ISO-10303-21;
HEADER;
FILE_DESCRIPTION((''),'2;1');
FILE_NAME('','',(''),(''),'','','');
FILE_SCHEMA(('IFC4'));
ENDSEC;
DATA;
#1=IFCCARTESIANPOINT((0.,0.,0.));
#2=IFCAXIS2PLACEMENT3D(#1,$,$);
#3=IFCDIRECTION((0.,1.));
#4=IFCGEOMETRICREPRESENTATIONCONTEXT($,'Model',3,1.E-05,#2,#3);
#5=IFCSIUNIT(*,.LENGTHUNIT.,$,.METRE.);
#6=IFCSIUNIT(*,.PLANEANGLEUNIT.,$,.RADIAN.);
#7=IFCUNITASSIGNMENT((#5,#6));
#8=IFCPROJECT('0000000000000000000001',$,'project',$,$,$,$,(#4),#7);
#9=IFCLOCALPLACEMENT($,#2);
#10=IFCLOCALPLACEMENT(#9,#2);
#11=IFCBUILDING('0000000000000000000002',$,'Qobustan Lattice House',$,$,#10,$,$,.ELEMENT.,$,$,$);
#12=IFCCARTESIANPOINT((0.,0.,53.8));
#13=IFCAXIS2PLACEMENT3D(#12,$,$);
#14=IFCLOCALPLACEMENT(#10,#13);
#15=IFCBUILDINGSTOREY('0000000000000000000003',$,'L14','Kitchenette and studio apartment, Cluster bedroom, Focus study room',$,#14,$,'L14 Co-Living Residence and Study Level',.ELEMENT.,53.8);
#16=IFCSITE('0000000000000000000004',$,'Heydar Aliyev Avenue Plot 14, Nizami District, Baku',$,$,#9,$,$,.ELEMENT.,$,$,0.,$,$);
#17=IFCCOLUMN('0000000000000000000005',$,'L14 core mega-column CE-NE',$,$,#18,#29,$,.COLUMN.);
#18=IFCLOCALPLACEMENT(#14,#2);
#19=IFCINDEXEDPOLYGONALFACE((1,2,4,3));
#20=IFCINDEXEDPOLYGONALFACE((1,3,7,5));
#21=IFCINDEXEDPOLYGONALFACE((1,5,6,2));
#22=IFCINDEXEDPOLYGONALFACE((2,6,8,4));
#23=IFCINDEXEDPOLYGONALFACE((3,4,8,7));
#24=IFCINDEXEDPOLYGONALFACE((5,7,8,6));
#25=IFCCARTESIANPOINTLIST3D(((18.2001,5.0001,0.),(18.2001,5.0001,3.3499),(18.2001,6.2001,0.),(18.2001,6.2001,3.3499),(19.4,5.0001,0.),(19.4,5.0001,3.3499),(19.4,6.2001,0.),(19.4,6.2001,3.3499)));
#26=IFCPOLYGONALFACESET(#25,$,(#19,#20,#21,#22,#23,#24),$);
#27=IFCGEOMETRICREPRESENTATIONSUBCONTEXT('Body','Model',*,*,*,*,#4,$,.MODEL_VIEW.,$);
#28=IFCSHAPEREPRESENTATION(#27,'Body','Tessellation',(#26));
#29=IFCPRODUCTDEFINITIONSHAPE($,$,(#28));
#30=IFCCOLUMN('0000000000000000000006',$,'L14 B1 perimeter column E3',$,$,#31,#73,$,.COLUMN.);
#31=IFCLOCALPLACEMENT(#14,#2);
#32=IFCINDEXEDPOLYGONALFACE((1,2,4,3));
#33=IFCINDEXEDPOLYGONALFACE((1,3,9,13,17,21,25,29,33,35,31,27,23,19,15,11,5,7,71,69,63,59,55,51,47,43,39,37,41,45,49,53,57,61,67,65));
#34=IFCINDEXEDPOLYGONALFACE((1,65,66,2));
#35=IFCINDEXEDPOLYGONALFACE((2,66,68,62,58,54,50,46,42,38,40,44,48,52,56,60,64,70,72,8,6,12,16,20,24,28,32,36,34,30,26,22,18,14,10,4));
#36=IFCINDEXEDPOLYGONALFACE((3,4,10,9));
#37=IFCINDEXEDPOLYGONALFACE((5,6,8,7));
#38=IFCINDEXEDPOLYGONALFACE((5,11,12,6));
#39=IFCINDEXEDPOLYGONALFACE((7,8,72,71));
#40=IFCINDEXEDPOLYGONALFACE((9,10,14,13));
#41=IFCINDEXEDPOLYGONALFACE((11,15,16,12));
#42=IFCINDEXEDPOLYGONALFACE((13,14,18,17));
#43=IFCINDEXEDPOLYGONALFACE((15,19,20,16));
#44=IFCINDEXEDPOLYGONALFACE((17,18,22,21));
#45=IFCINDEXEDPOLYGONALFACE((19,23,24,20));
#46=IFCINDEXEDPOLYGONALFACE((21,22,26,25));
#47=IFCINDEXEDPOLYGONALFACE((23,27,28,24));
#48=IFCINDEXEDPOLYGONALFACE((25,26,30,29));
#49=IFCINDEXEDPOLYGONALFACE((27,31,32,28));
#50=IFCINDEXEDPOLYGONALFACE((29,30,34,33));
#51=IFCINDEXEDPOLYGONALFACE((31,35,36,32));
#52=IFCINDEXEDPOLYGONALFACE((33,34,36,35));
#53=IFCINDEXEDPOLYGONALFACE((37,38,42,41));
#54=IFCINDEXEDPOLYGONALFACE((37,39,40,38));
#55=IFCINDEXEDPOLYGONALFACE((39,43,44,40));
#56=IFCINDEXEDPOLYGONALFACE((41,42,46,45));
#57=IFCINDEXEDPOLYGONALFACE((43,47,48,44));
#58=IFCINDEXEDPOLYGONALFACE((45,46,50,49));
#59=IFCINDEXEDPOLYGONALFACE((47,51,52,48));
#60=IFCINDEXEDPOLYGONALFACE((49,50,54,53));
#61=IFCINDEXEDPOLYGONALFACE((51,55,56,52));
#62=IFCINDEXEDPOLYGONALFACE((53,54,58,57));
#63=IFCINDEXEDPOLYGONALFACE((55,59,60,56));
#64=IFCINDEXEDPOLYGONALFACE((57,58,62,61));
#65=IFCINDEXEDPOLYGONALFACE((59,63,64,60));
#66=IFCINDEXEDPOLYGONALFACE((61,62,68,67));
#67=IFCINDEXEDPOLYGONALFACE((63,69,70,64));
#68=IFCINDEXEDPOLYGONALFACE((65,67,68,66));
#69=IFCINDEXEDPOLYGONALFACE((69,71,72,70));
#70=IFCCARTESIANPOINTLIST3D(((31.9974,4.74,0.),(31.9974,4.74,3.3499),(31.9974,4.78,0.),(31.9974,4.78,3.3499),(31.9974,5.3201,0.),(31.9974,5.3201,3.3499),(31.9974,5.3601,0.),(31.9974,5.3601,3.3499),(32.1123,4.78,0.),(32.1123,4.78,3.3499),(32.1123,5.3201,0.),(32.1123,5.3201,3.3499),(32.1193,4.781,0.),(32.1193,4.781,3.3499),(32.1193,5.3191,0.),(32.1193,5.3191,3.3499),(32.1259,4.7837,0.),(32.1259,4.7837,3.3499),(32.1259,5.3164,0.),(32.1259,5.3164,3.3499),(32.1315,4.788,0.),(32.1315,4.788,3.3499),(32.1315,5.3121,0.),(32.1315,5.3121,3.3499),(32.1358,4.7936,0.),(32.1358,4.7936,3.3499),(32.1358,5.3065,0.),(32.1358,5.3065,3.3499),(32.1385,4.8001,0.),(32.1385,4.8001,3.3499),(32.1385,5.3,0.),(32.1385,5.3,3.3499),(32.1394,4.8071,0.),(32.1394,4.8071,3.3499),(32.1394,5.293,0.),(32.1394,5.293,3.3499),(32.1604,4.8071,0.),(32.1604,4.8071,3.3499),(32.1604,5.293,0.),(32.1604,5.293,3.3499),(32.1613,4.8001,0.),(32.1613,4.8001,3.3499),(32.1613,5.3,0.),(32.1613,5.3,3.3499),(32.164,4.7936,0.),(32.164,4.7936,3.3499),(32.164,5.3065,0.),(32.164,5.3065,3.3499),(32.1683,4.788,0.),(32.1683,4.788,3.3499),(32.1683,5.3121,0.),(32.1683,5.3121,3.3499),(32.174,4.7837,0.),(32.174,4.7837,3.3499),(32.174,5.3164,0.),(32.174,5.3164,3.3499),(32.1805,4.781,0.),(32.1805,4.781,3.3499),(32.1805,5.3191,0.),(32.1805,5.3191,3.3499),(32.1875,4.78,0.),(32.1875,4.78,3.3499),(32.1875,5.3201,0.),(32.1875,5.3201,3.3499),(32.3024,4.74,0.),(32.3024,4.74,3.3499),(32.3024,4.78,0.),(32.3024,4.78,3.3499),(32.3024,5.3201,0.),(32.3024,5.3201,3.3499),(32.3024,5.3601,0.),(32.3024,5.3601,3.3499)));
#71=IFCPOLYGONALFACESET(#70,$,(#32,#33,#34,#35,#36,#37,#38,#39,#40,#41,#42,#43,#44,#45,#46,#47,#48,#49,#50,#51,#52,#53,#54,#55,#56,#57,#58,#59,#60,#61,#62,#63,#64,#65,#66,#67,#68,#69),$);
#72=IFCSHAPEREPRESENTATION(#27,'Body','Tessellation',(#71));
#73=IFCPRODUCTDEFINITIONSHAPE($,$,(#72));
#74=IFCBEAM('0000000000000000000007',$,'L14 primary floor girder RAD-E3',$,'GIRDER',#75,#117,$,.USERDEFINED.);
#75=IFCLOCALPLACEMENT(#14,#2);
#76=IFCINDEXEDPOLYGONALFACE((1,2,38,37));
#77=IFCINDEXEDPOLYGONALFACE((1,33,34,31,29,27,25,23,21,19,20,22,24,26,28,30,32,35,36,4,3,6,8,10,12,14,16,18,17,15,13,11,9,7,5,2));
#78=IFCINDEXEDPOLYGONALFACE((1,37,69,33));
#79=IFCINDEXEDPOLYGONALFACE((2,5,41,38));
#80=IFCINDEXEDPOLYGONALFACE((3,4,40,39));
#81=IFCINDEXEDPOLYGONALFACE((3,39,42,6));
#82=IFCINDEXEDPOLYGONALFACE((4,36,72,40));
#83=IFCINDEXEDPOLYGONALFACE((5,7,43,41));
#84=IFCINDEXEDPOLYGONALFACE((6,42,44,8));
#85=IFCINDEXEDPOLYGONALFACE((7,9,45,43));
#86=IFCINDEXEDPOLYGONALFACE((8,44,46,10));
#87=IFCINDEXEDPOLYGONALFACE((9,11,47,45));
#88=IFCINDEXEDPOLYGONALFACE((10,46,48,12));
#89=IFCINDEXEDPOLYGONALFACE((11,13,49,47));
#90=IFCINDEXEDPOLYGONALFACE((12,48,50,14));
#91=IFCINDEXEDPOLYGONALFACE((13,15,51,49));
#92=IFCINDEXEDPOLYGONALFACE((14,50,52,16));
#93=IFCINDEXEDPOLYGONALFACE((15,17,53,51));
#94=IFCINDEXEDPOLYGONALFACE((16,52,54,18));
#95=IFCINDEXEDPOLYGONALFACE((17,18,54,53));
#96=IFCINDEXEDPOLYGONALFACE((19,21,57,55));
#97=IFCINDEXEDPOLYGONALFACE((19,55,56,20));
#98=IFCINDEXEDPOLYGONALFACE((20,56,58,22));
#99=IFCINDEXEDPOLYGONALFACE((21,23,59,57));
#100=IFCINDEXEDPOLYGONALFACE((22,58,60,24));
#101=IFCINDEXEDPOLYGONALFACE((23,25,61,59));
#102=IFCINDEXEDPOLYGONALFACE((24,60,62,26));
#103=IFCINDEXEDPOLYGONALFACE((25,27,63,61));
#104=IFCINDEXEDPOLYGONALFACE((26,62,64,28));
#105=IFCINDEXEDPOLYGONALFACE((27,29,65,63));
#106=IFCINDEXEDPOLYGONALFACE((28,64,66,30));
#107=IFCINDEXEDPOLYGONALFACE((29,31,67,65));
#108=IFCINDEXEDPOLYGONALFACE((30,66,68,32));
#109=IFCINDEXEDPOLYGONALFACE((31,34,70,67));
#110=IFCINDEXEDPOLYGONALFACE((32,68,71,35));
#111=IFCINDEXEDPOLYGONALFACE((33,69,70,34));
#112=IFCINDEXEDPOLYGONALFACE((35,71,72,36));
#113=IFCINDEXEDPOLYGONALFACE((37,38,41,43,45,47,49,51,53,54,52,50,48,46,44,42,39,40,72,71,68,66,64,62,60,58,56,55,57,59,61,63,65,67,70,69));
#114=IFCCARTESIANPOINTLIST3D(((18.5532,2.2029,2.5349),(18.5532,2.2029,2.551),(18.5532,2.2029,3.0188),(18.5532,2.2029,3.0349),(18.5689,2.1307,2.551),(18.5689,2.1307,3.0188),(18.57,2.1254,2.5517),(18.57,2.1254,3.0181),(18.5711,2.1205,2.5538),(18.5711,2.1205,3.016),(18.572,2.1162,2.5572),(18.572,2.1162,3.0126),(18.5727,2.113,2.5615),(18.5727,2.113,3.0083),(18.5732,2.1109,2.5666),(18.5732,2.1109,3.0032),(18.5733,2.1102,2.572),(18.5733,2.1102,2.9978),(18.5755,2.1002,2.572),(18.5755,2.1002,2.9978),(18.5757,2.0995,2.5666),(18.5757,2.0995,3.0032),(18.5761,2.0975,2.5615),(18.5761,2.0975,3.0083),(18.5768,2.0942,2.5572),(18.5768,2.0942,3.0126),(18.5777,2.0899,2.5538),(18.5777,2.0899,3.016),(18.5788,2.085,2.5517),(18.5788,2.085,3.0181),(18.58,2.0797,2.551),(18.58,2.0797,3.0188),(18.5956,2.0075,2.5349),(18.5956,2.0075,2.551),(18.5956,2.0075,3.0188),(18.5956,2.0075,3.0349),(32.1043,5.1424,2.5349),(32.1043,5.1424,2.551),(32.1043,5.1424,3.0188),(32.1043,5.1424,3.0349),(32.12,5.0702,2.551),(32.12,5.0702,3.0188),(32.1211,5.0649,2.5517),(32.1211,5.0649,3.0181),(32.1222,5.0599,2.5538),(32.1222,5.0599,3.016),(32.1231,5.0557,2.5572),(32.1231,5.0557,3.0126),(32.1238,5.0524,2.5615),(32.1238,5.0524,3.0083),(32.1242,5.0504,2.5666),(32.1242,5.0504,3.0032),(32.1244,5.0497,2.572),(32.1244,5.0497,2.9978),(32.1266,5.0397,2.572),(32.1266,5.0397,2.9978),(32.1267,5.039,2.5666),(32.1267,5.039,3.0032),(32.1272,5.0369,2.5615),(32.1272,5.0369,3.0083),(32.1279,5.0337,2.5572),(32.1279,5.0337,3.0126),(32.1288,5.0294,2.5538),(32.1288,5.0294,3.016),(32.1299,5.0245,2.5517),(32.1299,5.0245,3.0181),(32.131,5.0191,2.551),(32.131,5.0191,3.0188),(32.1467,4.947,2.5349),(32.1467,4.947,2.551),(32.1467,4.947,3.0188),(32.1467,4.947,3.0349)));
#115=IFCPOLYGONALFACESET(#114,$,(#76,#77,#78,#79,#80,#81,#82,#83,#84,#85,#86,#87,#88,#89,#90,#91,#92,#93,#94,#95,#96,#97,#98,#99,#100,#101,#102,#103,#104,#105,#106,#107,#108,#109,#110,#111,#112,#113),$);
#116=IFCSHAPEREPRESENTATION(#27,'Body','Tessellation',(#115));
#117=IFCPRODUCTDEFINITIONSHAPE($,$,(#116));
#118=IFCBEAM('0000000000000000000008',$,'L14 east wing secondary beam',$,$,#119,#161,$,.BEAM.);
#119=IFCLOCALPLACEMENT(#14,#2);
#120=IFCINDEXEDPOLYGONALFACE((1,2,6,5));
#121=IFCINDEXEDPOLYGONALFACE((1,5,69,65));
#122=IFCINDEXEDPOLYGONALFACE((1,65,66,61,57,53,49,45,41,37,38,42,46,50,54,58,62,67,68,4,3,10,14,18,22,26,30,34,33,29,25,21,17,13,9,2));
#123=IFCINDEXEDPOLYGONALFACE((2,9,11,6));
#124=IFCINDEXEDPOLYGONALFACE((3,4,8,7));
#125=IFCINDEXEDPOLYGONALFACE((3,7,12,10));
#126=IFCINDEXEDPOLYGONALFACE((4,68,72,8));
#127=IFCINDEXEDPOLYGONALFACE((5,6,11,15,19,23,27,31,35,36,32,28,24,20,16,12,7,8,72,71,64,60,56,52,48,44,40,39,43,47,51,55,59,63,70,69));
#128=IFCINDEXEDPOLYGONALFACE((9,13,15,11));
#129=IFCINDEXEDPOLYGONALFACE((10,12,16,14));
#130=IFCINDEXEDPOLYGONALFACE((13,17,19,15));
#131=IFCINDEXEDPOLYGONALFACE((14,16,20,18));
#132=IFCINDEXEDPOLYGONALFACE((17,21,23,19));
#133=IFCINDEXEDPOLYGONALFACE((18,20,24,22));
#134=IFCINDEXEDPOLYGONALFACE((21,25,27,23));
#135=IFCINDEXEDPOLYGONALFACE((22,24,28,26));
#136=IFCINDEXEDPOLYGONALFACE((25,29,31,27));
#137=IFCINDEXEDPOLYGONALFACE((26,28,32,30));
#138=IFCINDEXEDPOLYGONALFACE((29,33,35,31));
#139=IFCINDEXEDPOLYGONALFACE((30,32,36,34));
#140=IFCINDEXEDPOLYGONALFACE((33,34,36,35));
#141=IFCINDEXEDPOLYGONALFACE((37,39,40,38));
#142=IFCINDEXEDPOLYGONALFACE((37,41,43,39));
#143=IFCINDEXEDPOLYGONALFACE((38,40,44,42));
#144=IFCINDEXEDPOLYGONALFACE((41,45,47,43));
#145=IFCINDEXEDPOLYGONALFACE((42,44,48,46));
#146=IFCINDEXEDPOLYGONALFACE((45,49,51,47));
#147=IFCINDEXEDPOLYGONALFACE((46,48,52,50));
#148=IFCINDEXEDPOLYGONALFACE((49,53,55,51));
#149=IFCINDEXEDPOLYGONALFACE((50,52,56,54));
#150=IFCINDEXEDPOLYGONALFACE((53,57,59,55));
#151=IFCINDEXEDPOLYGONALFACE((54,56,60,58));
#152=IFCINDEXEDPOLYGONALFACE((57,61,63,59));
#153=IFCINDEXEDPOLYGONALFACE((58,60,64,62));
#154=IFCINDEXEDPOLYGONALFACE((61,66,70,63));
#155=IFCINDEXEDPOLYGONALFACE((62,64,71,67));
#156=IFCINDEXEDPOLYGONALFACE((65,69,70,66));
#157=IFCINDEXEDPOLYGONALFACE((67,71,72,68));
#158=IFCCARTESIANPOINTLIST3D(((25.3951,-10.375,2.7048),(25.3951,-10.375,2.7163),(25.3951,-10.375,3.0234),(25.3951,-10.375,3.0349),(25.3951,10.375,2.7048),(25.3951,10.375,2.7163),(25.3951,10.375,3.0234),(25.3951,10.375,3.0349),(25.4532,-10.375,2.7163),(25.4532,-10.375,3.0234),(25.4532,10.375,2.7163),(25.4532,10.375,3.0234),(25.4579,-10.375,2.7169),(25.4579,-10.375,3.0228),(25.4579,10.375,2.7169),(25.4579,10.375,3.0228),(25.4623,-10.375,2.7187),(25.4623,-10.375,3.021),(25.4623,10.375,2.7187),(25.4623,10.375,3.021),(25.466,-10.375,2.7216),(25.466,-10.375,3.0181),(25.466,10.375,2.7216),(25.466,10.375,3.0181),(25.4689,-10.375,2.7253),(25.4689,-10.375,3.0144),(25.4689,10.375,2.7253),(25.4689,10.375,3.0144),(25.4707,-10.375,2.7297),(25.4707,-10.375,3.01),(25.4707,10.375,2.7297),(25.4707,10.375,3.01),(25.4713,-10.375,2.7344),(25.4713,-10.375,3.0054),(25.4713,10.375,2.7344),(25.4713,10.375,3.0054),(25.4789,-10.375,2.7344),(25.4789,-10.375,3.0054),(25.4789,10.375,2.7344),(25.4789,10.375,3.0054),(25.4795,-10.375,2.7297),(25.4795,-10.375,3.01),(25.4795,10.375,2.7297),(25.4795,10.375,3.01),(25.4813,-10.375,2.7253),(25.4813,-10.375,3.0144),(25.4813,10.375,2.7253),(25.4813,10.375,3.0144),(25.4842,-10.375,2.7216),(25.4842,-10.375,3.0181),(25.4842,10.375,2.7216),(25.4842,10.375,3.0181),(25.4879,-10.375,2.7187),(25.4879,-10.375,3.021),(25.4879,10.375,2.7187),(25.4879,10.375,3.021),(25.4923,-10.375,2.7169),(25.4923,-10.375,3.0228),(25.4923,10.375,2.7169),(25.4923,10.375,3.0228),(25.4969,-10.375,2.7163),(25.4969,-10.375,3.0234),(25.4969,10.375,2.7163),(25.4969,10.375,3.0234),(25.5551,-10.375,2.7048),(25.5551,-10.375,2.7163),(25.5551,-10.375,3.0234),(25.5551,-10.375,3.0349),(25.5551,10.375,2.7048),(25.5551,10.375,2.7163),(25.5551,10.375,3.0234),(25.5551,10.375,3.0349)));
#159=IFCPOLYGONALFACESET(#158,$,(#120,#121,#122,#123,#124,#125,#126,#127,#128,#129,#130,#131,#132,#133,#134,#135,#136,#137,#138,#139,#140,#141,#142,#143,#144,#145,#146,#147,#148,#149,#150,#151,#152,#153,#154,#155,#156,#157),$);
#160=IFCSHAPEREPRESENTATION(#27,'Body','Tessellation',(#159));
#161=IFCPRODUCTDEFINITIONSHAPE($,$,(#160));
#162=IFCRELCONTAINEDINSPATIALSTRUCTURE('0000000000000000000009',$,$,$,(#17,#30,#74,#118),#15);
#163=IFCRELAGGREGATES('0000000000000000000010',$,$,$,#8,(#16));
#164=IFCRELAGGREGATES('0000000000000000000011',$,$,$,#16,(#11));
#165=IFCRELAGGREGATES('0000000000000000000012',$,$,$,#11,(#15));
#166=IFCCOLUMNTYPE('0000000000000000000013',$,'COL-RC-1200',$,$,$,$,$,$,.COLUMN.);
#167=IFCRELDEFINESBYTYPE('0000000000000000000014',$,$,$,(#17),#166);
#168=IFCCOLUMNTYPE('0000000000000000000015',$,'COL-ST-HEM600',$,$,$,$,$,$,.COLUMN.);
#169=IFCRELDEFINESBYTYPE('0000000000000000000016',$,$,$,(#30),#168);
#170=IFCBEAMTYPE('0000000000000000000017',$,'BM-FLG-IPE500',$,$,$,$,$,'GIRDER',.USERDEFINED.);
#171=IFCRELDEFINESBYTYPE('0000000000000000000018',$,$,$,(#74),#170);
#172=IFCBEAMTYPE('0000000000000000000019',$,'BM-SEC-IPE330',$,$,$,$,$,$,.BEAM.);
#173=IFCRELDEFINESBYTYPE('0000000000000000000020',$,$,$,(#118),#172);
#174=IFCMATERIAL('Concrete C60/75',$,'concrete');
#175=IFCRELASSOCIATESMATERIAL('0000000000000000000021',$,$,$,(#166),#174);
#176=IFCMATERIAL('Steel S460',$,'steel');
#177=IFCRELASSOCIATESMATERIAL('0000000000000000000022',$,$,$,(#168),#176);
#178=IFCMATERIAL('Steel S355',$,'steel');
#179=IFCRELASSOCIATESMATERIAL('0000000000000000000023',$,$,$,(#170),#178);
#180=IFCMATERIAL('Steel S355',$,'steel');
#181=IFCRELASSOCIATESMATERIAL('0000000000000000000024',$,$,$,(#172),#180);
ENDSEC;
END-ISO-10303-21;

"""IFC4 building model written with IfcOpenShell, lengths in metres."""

from ifc_helpers import new_model, si_unit, direction, frame, origin, origin_2d, place, context, subcontext, project, spatial, rectangle, i_section, extrude, material, material_profile, profile_set, type_object, element, save


model = new_model("IFC4")

# Units and contexts
model_context = context("Model", 3, precision=1e-05, world=origin(), true_north=direction((0.0, 1.0)))
body_context = subcontext(model_context, "Body", "Model", "MODEL_VIEW")
ifc_project = project(units=[si_unit("LENGTHUNIT", "METRE"), si_unit("PLANEANGLEUNIT", "RADIAN")], contexts=[model_context])

# Site, building, storey
site_placement = place(None, origin())
site = spatial("IfcSite", under=ifc_project, at=site_placement, Name="Heydar Aliyev Avenue Plot 14, Nizami District, Baku", CompositionType="ELEMENT", RefElevation=0.0)
building_placement = place(site_placement, origin())
building = spatial("IfcBuilding", under=site, at=building_placement, Name="Qobustan Lattice House", CompositionType="ELEMENT")
storey_placement = place(building_placement, frame((0.0, 0.0, 53.8)))
storey = spatial("IfcBuildingStorey", under=building, at=storey_placement, Name="L14", Description="Kitchenette and studio apartment, Cluster bedroom, Focus study room", LongName="L14 Co-Living Residence and Study Level", CompositionType="ELEMENT", Elevation=53.8)

# Columns
ifc_material_1 = material(Name="Concrete C60/75", Category="concrete")
ifc_material_profile_1 = material_profile(ifc_material_1, rectangle(XDim=1.2, YDim=1.2, at=origin_2d()), Name="RC1200x1200")
ifc_profile_set_1 = profile_set([ifc_material_profile_1], Name="Concrete C60/75")
column_type_1 = type_object("IfcColumnType", Name="COL-RC-1200", PredefinedType="COLUMN", material=ifc_profile_set_1)
column_1_placement = place(storey_placement, frame((18.8, 5.6001, 0.0), z_axis=(0.0, 0.0, 1.0), x_axis=(1.0, 0.0, 0.0)))
element("IfcColumn", 1, at=column_1_placement, inside=storey, type_object=column_type_1, Name="L14 core mega-column CE-NE", PredefinedType="COLUMN", context=body_context, shape_type="SweptSolid", body=[
    extrude(rectangle(XDim=1.2, YDim=1.2, at=origin_2d()), origin(), (0.0, 0.0, 1.0), 3.3499),
])
ifc_material_2 = material(Name="Steel S460", Category="steel")
ifc_material_profile_2 = material_profile(ifc_material_2, i_section(OverallWidth=0.3049, OverallDepth=0.6201, WebThickness=0.021, FlangeThickness=0.04, FilletRadius=0.0271, at=origin_2d()), Name="HEM600")
ifc_profile_set_2 = profile_set([ifc_material_profile_2], Name="Steel S460")
column_type_2 = type_object("IfcColumnType", Name="COL-ST-HEM600", PredefinedType="COLUMN", material=ifc_profile_set_2)
column_2_placement = place(storey_placement, frame((32.1499, 5.05, 0.0), z_axis=(0.0, 0.0, 1.0), x_axis=(1.0, 0.0, 0.0)))
element("IfcColumn", 2, at=column_2_placement, inside=storey, type_object=column_type_2, Name="L14 B1 perimeter column E3", PredefinedType="COLUMN", context=body_context, shape_type="SweptSolid", body=[
    extrude(i_section(OverallWidth=0.3049, OverallDepth=0.6201, WebThickness=0.021, FlangeThickness=0.04, FilletRadius=0.0271, at=origin_2d()), origin(), (0.0, 0.0, 1.0), 3.3499),
])

# Beams
ifc_material_3 = material(Name="Steel S355", Category="steel")
ifc_material_profile_3 = material_profile(ifc_material_3, i_section(OverallWidth=0.2, OverallDepth=0.5, WebThickness=0.0103, FlangeThickness=0.0161, FilletRadius=0.021, at=origin_2d()), Name="IPE500")
ifc_profile_set_3 = profile_set([ifc_material_profile_3], Name="Steel S355")
beam_type_1 = type_object("IfcBeamType", Name="BM-FLG-IPE500", ElementType="GIRDER", PredefinedType="USERDEFINED", material=ifc_profile_set_3)
beam_1_placement = place(storey_placement, frame((32.1255, 5.0447, 2.7849), z_axis=(-0.977272, -0.211987, 0.0), x_axis=(0.211987, -0.977272, 0.0)))
element("IfcBeam", 3, at=beam_1_placement, inside=storey, type_object=beam_type_1, Name="L14 primary floor girder RAD-E3", ObjectType="GIRDER", PredefinedType="USERDEFINED", context=body_context, shape_type="SweptSolid", body=[
    extrude(i_section(OverallWidth=0.2, OverallDepth=0.5, WebThickness=0.0103, FlangeThickness=0.0161, FilletRadius=0.021, at=origin_2d()), origin(), (0.0, 0.0, 1.0), 13.8662),
])
ifc_material_4 = material(Name="Steel S355", Category="steel")
ifc_material_profile_4 = material_profile(ifc_material_4, i_section(OverallWidth=0.1599, OverallDepth=0.3301, WebThickness=0.0076, FlangeThickness=0.0115, FilletRadius=0.0181, at=origin_2d()), Name="IPE330")
ifc_profile_set_4 = profile_set([ifc_material_profile_4], Name="Steel S355")
beam_type_2 = type_object("IfcBeamType", Name="BM-SEC-IPE330", PredefinedType="BEAM", material=ifc_profile_set_4)
beam_2_placement = place(storey_placement, frame((25.4751, 10.375, 2.8699), z_axis=(0.0, -1.0, 0.0), x_axis=(1.0, 0.0, 0.0)))
element("IfcBeam", 4, at=beam_2_placement, inside=storey, type_object=beam_type_2, Name="L14 east wing secondary beam", PredefinedType="BEAM", context=body_context, shape_type="SweptSolid", body=[
    extrude(i_section(OverallWidth=0.1599, OverallDepth=0.3301, WebThickness=0.0076, FlangeThickness=0.0115, FilletRadius=0.0181, at=origin_2d()), origin(), (0.0, 0.0, 1.0), 20.75),
])

save(model, "model.ifc")
